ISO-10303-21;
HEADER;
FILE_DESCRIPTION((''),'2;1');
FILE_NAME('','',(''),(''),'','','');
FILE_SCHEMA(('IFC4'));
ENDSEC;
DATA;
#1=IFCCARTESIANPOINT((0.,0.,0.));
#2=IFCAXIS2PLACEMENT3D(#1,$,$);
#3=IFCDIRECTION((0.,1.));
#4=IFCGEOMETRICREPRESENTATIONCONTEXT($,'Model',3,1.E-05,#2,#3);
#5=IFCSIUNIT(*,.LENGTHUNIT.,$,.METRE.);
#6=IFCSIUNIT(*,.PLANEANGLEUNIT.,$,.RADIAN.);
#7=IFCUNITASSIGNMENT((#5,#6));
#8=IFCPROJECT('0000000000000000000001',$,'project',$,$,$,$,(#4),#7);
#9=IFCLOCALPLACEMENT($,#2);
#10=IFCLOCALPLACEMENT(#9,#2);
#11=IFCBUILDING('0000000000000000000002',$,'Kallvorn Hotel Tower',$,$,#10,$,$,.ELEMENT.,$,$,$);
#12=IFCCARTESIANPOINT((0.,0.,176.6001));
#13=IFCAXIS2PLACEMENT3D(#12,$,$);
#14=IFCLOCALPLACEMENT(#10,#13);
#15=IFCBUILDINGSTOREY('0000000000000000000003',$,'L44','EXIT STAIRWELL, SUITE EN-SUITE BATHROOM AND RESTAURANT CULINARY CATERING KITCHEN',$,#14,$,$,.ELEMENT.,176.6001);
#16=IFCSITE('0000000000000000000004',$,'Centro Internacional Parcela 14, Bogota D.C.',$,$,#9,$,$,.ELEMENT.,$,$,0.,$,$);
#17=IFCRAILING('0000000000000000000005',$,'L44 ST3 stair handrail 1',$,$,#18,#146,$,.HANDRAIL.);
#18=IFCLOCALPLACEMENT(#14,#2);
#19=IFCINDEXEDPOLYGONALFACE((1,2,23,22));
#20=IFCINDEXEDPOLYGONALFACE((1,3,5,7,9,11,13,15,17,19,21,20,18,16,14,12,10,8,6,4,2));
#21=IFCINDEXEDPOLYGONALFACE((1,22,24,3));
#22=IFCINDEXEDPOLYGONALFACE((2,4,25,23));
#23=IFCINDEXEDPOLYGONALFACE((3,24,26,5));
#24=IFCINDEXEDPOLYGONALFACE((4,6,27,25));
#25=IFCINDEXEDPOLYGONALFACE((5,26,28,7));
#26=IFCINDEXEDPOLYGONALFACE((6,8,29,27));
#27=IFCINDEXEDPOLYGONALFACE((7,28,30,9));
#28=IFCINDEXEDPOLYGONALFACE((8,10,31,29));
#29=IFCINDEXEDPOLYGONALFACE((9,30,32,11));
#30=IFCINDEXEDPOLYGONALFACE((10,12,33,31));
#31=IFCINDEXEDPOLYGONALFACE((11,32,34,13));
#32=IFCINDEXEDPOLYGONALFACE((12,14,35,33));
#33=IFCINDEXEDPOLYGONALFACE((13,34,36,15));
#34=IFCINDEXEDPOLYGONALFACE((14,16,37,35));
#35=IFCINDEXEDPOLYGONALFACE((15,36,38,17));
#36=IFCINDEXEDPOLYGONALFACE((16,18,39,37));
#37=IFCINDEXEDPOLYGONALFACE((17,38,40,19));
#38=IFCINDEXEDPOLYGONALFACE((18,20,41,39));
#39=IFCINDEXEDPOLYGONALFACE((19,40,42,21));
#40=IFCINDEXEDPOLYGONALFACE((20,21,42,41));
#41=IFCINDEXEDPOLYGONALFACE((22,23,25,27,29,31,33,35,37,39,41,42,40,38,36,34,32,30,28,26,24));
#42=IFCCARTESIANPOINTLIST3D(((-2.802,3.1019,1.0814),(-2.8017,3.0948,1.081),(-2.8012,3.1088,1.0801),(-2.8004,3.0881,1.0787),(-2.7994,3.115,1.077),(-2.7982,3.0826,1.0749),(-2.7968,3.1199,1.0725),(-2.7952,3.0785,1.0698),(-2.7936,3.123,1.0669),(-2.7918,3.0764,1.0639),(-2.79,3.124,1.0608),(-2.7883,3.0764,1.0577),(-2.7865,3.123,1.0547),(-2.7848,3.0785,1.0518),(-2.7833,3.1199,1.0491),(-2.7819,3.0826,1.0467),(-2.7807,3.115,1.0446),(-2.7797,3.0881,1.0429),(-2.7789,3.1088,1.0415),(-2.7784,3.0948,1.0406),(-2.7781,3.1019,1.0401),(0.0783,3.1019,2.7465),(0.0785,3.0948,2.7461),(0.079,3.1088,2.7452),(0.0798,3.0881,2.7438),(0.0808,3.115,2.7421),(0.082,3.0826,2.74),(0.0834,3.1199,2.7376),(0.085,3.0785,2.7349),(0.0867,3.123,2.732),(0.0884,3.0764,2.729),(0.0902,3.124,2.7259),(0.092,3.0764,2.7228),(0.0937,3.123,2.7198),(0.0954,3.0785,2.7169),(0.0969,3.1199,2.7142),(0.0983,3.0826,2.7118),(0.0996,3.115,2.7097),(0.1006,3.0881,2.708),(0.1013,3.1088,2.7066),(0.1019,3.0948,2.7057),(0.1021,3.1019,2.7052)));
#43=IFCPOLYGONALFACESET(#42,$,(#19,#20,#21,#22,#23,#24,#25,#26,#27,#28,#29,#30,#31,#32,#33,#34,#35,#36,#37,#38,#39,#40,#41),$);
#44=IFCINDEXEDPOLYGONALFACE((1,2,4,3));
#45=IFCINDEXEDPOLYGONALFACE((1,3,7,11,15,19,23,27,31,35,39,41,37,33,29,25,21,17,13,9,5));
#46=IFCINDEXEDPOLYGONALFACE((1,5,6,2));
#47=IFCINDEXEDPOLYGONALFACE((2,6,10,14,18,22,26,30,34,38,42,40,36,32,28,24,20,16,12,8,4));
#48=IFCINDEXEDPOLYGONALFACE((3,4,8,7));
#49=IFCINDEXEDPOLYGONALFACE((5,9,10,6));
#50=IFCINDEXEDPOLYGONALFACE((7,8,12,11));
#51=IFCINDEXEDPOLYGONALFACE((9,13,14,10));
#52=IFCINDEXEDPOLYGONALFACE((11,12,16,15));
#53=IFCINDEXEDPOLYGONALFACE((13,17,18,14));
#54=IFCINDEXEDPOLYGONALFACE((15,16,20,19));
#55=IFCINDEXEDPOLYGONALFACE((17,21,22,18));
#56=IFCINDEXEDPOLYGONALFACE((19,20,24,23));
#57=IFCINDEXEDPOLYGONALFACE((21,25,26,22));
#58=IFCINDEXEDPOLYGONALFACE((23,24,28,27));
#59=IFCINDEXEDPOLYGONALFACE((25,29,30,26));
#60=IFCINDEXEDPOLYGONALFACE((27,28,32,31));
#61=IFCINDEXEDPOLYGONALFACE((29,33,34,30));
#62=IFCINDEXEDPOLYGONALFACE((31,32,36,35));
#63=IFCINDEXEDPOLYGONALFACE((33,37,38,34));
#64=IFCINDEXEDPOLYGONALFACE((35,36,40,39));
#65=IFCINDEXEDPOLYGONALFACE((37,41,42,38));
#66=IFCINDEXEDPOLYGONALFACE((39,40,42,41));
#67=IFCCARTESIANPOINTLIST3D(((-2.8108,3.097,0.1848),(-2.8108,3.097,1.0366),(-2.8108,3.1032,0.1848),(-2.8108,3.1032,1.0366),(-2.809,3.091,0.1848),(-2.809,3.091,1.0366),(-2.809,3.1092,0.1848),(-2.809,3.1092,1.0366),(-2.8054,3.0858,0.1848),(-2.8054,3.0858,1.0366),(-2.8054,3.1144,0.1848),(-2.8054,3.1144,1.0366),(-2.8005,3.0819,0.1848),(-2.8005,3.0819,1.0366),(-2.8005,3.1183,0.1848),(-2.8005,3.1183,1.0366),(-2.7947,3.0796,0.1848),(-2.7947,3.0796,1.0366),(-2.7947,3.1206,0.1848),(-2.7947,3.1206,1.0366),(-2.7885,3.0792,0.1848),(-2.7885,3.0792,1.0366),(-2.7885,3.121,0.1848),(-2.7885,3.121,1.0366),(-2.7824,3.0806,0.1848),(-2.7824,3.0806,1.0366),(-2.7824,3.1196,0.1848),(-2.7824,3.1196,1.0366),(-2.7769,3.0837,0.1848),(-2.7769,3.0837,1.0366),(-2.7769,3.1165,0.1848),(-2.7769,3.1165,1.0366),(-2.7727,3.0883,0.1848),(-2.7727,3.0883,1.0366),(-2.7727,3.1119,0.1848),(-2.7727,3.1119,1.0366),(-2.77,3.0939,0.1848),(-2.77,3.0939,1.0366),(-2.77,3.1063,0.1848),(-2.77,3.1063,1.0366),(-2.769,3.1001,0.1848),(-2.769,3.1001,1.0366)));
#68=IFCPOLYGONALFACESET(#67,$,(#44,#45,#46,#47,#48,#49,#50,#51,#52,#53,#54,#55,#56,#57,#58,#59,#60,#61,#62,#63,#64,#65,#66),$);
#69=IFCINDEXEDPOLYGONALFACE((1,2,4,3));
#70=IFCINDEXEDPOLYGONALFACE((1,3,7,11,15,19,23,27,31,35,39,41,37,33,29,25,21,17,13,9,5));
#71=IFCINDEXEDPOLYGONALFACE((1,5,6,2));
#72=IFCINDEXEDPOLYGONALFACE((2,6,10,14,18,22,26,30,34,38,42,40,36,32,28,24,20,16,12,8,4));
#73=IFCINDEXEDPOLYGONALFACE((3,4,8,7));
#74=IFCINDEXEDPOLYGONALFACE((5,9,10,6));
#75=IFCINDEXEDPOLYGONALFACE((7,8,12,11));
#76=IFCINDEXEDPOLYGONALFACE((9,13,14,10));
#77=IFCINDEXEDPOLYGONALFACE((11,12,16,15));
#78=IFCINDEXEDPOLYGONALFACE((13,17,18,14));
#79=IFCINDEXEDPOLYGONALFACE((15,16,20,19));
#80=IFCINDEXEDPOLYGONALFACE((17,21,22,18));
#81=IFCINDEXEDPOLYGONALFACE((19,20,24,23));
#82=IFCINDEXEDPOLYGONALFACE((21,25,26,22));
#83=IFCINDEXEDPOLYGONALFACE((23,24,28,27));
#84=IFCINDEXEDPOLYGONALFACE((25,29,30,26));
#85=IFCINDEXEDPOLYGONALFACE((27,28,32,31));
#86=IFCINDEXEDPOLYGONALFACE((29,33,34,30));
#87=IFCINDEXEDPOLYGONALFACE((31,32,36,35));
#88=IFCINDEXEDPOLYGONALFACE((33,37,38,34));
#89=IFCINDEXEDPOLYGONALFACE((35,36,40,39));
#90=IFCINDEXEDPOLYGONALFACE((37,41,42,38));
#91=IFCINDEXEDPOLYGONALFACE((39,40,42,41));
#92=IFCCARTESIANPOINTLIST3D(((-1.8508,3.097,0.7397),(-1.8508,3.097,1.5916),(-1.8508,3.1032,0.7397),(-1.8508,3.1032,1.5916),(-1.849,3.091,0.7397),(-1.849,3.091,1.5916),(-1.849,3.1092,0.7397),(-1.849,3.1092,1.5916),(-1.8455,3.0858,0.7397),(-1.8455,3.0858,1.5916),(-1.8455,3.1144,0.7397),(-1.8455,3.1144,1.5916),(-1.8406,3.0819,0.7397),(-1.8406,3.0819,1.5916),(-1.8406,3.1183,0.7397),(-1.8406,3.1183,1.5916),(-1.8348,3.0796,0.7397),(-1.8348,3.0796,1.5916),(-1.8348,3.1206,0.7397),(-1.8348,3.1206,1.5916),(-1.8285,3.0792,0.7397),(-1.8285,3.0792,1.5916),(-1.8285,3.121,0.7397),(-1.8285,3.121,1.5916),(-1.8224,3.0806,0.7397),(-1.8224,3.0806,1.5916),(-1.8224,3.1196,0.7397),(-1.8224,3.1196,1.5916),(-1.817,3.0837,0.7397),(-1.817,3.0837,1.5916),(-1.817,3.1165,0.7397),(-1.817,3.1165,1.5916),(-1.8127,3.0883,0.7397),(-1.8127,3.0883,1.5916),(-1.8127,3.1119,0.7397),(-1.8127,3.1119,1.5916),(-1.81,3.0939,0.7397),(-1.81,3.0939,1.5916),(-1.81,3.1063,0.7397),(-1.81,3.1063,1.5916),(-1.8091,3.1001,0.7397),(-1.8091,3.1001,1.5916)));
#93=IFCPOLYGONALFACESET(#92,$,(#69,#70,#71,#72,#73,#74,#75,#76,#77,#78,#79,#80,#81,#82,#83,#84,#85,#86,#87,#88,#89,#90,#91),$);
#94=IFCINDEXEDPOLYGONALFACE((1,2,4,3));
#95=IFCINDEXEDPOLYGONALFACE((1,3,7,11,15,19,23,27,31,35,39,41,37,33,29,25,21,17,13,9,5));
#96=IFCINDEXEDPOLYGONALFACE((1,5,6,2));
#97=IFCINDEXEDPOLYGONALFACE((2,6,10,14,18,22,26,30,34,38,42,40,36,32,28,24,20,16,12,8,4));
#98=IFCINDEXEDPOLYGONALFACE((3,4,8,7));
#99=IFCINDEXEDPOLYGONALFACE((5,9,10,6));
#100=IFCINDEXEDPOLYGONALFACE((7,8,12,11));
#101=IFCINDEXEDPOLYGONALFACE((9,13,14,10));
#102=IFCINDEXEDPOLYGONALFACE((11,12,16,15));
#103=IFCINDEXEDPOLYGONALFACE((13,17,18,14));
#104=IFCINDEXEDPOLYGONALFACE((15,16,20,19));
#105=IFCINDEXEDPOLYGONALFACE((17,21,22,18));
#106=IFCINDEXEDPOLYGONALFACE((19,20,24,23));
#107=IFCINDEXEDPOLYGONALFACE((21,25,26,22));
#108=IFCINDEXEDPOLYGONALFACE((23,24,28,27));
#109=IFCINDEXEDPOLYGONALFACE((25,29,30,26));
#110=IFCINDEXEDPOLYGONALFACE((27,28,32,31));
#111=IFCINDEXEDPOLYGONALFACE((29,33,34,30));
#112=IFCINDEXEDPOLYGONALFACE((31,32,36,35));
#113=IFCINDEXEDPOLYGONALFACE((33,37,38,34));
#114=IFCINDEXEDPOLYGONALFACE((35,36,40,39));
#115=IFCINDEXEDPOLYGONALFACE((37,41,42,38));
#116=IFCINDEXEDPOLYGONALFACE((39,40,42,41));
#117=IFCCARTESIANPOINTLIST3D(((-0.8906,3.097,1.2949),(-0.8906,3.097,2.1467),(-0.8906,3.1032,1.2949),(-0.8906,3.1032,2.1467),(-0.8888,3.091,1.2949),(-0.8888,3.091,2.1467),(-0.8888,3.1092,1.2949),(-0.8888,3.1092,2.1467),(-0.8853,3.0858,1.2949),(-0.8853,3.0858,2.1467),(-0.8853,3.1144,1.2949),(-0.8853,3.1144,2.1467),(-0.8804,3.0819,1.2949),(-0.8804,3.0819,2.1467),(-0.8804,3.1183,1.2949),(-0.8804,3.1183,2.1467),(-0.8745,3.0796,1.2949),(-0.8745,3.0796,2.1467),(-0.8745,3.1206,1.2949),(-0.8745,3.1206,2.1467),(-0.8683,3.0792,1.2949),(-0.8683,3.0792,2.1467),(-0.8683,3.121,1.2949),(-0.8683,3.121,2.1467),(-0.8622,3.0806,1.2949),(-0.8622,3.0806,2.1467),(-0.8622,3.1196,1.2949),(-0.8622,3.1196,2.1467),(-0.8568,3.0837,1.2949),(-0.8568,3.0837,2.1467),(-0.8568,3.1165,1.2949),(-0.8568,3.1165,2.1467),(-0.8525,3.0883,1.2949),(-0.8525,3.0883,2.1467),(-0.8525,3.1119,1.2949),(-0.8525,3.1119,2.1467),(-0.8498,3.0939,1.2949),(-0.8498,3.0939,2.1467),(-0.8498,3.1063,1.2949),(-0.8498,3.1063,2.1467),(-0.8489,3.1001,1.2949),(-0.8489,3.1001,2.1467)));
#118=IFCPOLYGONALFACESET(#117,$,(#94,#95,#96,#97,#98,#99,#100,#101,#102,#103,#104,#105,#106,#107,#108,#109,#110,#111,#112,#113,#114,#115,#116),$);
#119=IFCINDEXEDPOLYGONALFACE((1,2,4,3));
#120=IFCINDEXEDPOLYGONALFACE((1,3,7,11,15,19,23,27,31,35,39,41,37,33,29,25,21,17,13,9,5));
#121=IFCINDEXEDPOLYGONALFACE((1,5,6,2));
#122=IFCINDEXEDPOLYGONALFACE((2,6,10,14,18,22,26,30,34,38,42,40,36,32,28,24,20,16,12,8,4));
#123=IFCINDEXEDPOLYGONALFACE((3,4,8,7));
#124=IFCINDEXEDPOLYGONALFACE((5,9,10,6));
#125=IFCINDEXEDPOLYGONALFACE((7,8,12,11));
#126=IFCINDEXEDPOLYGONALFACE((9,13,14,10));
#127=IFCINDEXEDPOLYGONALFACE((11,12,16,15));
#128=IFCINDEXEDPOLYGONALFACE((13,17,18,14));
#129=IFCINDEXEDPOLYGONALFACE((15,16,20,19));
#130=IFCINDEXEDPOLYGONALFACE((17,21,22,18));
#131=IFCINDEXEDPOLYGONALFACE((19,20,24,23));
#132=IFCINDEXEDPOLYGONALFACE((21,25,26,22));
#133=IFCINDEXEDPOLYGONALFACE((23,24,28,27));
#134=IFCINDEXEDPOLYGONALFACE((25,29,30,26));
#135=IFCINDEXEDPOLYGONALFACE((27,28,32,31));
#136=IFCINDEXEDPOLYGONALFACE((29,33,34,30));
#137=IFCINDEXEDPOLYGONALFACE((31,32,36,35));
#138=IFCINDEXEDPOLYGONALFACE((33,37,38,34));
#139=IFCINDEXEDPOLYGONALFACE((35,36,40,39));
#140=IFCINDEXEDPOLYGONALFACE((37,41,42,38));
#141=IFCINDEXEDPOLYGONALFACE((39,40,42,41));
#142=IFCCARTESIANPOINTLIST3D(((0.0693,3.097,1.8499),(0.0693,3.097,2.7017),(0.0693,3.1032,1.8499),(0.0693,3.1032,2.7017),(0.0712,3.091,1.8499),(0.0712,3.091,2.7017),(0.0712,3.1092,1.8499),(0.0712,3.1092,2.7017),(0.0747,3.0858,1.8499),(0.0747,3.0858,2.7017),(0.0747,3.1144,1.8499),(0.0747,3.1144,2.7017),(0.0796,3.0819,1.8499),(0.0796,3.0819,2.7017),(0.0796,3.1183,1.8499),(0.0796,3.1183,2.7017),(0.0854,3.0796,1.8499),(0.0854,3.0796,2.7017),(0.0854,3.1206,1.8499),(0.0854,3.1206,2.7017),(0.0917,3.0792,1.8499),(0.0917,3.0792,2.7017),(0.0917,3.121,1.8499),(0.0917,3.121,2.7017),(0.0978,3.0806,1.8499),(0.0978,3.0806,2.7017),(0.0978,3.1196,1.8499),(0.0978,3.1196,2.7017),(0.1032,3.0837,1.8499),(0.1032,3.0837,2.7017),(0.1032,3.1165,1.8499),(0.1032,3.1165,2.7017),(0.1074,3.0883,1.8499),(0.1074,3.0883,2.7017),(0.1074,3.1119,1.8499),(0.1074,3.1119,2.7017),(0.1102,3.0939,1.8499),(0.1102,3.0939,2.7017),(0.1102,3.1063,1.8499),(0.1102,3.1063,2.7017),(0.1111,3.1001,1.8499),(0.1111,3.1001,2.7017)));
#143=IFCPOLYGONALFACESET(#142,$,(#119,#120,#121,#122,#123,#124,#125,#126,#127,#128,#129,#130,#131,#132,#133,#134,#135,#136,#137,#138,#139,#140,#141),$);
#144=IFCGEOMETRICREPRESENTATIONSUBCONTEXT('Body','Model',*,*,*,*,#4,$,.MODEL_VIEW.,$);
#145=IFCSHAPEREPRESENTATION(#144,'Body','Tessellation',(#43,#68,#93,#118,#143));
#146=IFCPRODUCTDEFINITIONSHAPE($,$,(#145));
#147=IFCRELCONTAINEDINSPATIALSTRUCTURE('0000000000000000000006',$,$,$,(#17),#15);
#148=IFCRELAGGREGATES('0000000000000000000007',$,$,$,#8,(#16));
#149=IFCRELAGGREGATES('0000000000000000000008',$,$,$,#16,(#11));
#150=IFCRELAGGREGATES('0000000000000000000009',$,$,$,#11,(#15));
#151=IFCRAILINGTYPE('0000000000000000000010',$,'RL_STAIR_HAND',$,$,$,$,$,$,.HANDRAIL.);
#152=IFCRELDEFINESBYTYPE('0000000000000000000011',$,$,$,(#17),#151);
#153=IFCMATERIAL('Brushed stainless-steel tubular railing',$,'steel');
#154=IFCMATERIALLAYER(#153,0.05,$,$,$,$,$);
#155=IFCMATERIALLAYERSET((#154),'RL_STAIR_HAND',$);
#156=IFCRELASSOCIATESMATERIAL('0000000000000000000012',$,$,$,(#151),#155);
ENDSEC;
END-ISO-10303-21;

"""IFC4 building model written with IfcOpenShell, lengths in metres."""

from ifc_helpers import new_model, si_unit, direction, frame, origin, origin_2d, place, context, subcontext, project, spatial, circle, extrude, material, layer, layer_set, type_object, element, save


model = new_model("IFC4")

# Units and contexts
model_context = context("Model", 3, precision=1e-05, world=origin(), true_north=direction((0.0, 1.0)))
body_context = subcontext(model_context, "Body", "Model", "MODEL_VIEW")
ifc_project = project(units=[si_unit("LENGTHUNIT", "METRE"), si_unit("PLANEANGLEUNIT", "RADIAN")], contexts=[model_context])

# Site, building, storey
site_placement = place(None, origin())
site = spatial("IfcSite", under=ifc_project, at=site_placement, Name="Centro Internacional Parcela 14, Bogota D.C.", CompositionType="ELEMENT", RefElevation=0.0)
building_placement = place(site_placement, origin())
building = spatial("IfcBuilding", under=site, at=building_placement, Name="Kallvorn Hotel Tower", CompositionType="ELEMENT")
storey_placement = place(building_placement, frame((0.0, 0.0, 176.6001)))
storey = spatial("IfcBuildingStorey", under=building, at=storey_placement, Name="L44", Description="EXIT STAIRWELL, SUITE EN-SUITE BATHROOM AND RESTAURANT CULINARY CATERING KITCHEN", CompositionType="ELEMENT", Elevation=176.6001)

# Railing
ifc_material_1 = material(Name="Brushed stainless-steel tubular railing", Category="steel")
ifc_layer_1 = layer(ifc_material_1, 0.05)
ifc_layer_set_1 = layer_set([ifc_layer_1], Name="RL_STAIR_HAND")
railing_type_1 = type_object("IfcRailingType", Name="RL_STAIR_HAND", PredefinedType="HANDRAIL", material=ifc_layer_set_1)
railing_1_placement = place(storey_placement, frame((-2.79, 3.1001, 0.1848)))
element("IfcRailing", 1, at=railing_1_placement, inside=storey, type_object=railing_type_1, Name="L44 ST3 stair handrail 1", PredefinedType="HANDRAIL", context=body_context, shape_type="SweptSolid", body=[
    extrude(circle(Radius=0.0239, at=origin_2d()), frame((0.0, 0.0, 0.876), z_axis=(0.865739, 0.0, 0.500495), x_axis=(0.0, 1.0, 0.0)), (0.0, 0.0, 1.0), 3.3269),
    extrude(circle(Radius=0.021, at=origin_2d()), origin(), (0.0, 0.0, 1.0), 0.8518),
    extrude(circle(Radius=0.021, at=origin_2d()), frame((0.96, 0.0, 0.5549)), (0.0, 0.0, 1.0), 0.8518),
    extrude(circle(Radius=0.021, at=origin_2d()), frame((1.9202, 0.0, 1.1101)), (0.0, 0.0, 1.0), 0.8518),
    extrude(circle(Radius=0.021, at=origin_2d()), frame((2.8801, 0.0, 1.665)), (0.0, 0.0, 1.0), 0.8518),
])

save(model, "model.ifc")
